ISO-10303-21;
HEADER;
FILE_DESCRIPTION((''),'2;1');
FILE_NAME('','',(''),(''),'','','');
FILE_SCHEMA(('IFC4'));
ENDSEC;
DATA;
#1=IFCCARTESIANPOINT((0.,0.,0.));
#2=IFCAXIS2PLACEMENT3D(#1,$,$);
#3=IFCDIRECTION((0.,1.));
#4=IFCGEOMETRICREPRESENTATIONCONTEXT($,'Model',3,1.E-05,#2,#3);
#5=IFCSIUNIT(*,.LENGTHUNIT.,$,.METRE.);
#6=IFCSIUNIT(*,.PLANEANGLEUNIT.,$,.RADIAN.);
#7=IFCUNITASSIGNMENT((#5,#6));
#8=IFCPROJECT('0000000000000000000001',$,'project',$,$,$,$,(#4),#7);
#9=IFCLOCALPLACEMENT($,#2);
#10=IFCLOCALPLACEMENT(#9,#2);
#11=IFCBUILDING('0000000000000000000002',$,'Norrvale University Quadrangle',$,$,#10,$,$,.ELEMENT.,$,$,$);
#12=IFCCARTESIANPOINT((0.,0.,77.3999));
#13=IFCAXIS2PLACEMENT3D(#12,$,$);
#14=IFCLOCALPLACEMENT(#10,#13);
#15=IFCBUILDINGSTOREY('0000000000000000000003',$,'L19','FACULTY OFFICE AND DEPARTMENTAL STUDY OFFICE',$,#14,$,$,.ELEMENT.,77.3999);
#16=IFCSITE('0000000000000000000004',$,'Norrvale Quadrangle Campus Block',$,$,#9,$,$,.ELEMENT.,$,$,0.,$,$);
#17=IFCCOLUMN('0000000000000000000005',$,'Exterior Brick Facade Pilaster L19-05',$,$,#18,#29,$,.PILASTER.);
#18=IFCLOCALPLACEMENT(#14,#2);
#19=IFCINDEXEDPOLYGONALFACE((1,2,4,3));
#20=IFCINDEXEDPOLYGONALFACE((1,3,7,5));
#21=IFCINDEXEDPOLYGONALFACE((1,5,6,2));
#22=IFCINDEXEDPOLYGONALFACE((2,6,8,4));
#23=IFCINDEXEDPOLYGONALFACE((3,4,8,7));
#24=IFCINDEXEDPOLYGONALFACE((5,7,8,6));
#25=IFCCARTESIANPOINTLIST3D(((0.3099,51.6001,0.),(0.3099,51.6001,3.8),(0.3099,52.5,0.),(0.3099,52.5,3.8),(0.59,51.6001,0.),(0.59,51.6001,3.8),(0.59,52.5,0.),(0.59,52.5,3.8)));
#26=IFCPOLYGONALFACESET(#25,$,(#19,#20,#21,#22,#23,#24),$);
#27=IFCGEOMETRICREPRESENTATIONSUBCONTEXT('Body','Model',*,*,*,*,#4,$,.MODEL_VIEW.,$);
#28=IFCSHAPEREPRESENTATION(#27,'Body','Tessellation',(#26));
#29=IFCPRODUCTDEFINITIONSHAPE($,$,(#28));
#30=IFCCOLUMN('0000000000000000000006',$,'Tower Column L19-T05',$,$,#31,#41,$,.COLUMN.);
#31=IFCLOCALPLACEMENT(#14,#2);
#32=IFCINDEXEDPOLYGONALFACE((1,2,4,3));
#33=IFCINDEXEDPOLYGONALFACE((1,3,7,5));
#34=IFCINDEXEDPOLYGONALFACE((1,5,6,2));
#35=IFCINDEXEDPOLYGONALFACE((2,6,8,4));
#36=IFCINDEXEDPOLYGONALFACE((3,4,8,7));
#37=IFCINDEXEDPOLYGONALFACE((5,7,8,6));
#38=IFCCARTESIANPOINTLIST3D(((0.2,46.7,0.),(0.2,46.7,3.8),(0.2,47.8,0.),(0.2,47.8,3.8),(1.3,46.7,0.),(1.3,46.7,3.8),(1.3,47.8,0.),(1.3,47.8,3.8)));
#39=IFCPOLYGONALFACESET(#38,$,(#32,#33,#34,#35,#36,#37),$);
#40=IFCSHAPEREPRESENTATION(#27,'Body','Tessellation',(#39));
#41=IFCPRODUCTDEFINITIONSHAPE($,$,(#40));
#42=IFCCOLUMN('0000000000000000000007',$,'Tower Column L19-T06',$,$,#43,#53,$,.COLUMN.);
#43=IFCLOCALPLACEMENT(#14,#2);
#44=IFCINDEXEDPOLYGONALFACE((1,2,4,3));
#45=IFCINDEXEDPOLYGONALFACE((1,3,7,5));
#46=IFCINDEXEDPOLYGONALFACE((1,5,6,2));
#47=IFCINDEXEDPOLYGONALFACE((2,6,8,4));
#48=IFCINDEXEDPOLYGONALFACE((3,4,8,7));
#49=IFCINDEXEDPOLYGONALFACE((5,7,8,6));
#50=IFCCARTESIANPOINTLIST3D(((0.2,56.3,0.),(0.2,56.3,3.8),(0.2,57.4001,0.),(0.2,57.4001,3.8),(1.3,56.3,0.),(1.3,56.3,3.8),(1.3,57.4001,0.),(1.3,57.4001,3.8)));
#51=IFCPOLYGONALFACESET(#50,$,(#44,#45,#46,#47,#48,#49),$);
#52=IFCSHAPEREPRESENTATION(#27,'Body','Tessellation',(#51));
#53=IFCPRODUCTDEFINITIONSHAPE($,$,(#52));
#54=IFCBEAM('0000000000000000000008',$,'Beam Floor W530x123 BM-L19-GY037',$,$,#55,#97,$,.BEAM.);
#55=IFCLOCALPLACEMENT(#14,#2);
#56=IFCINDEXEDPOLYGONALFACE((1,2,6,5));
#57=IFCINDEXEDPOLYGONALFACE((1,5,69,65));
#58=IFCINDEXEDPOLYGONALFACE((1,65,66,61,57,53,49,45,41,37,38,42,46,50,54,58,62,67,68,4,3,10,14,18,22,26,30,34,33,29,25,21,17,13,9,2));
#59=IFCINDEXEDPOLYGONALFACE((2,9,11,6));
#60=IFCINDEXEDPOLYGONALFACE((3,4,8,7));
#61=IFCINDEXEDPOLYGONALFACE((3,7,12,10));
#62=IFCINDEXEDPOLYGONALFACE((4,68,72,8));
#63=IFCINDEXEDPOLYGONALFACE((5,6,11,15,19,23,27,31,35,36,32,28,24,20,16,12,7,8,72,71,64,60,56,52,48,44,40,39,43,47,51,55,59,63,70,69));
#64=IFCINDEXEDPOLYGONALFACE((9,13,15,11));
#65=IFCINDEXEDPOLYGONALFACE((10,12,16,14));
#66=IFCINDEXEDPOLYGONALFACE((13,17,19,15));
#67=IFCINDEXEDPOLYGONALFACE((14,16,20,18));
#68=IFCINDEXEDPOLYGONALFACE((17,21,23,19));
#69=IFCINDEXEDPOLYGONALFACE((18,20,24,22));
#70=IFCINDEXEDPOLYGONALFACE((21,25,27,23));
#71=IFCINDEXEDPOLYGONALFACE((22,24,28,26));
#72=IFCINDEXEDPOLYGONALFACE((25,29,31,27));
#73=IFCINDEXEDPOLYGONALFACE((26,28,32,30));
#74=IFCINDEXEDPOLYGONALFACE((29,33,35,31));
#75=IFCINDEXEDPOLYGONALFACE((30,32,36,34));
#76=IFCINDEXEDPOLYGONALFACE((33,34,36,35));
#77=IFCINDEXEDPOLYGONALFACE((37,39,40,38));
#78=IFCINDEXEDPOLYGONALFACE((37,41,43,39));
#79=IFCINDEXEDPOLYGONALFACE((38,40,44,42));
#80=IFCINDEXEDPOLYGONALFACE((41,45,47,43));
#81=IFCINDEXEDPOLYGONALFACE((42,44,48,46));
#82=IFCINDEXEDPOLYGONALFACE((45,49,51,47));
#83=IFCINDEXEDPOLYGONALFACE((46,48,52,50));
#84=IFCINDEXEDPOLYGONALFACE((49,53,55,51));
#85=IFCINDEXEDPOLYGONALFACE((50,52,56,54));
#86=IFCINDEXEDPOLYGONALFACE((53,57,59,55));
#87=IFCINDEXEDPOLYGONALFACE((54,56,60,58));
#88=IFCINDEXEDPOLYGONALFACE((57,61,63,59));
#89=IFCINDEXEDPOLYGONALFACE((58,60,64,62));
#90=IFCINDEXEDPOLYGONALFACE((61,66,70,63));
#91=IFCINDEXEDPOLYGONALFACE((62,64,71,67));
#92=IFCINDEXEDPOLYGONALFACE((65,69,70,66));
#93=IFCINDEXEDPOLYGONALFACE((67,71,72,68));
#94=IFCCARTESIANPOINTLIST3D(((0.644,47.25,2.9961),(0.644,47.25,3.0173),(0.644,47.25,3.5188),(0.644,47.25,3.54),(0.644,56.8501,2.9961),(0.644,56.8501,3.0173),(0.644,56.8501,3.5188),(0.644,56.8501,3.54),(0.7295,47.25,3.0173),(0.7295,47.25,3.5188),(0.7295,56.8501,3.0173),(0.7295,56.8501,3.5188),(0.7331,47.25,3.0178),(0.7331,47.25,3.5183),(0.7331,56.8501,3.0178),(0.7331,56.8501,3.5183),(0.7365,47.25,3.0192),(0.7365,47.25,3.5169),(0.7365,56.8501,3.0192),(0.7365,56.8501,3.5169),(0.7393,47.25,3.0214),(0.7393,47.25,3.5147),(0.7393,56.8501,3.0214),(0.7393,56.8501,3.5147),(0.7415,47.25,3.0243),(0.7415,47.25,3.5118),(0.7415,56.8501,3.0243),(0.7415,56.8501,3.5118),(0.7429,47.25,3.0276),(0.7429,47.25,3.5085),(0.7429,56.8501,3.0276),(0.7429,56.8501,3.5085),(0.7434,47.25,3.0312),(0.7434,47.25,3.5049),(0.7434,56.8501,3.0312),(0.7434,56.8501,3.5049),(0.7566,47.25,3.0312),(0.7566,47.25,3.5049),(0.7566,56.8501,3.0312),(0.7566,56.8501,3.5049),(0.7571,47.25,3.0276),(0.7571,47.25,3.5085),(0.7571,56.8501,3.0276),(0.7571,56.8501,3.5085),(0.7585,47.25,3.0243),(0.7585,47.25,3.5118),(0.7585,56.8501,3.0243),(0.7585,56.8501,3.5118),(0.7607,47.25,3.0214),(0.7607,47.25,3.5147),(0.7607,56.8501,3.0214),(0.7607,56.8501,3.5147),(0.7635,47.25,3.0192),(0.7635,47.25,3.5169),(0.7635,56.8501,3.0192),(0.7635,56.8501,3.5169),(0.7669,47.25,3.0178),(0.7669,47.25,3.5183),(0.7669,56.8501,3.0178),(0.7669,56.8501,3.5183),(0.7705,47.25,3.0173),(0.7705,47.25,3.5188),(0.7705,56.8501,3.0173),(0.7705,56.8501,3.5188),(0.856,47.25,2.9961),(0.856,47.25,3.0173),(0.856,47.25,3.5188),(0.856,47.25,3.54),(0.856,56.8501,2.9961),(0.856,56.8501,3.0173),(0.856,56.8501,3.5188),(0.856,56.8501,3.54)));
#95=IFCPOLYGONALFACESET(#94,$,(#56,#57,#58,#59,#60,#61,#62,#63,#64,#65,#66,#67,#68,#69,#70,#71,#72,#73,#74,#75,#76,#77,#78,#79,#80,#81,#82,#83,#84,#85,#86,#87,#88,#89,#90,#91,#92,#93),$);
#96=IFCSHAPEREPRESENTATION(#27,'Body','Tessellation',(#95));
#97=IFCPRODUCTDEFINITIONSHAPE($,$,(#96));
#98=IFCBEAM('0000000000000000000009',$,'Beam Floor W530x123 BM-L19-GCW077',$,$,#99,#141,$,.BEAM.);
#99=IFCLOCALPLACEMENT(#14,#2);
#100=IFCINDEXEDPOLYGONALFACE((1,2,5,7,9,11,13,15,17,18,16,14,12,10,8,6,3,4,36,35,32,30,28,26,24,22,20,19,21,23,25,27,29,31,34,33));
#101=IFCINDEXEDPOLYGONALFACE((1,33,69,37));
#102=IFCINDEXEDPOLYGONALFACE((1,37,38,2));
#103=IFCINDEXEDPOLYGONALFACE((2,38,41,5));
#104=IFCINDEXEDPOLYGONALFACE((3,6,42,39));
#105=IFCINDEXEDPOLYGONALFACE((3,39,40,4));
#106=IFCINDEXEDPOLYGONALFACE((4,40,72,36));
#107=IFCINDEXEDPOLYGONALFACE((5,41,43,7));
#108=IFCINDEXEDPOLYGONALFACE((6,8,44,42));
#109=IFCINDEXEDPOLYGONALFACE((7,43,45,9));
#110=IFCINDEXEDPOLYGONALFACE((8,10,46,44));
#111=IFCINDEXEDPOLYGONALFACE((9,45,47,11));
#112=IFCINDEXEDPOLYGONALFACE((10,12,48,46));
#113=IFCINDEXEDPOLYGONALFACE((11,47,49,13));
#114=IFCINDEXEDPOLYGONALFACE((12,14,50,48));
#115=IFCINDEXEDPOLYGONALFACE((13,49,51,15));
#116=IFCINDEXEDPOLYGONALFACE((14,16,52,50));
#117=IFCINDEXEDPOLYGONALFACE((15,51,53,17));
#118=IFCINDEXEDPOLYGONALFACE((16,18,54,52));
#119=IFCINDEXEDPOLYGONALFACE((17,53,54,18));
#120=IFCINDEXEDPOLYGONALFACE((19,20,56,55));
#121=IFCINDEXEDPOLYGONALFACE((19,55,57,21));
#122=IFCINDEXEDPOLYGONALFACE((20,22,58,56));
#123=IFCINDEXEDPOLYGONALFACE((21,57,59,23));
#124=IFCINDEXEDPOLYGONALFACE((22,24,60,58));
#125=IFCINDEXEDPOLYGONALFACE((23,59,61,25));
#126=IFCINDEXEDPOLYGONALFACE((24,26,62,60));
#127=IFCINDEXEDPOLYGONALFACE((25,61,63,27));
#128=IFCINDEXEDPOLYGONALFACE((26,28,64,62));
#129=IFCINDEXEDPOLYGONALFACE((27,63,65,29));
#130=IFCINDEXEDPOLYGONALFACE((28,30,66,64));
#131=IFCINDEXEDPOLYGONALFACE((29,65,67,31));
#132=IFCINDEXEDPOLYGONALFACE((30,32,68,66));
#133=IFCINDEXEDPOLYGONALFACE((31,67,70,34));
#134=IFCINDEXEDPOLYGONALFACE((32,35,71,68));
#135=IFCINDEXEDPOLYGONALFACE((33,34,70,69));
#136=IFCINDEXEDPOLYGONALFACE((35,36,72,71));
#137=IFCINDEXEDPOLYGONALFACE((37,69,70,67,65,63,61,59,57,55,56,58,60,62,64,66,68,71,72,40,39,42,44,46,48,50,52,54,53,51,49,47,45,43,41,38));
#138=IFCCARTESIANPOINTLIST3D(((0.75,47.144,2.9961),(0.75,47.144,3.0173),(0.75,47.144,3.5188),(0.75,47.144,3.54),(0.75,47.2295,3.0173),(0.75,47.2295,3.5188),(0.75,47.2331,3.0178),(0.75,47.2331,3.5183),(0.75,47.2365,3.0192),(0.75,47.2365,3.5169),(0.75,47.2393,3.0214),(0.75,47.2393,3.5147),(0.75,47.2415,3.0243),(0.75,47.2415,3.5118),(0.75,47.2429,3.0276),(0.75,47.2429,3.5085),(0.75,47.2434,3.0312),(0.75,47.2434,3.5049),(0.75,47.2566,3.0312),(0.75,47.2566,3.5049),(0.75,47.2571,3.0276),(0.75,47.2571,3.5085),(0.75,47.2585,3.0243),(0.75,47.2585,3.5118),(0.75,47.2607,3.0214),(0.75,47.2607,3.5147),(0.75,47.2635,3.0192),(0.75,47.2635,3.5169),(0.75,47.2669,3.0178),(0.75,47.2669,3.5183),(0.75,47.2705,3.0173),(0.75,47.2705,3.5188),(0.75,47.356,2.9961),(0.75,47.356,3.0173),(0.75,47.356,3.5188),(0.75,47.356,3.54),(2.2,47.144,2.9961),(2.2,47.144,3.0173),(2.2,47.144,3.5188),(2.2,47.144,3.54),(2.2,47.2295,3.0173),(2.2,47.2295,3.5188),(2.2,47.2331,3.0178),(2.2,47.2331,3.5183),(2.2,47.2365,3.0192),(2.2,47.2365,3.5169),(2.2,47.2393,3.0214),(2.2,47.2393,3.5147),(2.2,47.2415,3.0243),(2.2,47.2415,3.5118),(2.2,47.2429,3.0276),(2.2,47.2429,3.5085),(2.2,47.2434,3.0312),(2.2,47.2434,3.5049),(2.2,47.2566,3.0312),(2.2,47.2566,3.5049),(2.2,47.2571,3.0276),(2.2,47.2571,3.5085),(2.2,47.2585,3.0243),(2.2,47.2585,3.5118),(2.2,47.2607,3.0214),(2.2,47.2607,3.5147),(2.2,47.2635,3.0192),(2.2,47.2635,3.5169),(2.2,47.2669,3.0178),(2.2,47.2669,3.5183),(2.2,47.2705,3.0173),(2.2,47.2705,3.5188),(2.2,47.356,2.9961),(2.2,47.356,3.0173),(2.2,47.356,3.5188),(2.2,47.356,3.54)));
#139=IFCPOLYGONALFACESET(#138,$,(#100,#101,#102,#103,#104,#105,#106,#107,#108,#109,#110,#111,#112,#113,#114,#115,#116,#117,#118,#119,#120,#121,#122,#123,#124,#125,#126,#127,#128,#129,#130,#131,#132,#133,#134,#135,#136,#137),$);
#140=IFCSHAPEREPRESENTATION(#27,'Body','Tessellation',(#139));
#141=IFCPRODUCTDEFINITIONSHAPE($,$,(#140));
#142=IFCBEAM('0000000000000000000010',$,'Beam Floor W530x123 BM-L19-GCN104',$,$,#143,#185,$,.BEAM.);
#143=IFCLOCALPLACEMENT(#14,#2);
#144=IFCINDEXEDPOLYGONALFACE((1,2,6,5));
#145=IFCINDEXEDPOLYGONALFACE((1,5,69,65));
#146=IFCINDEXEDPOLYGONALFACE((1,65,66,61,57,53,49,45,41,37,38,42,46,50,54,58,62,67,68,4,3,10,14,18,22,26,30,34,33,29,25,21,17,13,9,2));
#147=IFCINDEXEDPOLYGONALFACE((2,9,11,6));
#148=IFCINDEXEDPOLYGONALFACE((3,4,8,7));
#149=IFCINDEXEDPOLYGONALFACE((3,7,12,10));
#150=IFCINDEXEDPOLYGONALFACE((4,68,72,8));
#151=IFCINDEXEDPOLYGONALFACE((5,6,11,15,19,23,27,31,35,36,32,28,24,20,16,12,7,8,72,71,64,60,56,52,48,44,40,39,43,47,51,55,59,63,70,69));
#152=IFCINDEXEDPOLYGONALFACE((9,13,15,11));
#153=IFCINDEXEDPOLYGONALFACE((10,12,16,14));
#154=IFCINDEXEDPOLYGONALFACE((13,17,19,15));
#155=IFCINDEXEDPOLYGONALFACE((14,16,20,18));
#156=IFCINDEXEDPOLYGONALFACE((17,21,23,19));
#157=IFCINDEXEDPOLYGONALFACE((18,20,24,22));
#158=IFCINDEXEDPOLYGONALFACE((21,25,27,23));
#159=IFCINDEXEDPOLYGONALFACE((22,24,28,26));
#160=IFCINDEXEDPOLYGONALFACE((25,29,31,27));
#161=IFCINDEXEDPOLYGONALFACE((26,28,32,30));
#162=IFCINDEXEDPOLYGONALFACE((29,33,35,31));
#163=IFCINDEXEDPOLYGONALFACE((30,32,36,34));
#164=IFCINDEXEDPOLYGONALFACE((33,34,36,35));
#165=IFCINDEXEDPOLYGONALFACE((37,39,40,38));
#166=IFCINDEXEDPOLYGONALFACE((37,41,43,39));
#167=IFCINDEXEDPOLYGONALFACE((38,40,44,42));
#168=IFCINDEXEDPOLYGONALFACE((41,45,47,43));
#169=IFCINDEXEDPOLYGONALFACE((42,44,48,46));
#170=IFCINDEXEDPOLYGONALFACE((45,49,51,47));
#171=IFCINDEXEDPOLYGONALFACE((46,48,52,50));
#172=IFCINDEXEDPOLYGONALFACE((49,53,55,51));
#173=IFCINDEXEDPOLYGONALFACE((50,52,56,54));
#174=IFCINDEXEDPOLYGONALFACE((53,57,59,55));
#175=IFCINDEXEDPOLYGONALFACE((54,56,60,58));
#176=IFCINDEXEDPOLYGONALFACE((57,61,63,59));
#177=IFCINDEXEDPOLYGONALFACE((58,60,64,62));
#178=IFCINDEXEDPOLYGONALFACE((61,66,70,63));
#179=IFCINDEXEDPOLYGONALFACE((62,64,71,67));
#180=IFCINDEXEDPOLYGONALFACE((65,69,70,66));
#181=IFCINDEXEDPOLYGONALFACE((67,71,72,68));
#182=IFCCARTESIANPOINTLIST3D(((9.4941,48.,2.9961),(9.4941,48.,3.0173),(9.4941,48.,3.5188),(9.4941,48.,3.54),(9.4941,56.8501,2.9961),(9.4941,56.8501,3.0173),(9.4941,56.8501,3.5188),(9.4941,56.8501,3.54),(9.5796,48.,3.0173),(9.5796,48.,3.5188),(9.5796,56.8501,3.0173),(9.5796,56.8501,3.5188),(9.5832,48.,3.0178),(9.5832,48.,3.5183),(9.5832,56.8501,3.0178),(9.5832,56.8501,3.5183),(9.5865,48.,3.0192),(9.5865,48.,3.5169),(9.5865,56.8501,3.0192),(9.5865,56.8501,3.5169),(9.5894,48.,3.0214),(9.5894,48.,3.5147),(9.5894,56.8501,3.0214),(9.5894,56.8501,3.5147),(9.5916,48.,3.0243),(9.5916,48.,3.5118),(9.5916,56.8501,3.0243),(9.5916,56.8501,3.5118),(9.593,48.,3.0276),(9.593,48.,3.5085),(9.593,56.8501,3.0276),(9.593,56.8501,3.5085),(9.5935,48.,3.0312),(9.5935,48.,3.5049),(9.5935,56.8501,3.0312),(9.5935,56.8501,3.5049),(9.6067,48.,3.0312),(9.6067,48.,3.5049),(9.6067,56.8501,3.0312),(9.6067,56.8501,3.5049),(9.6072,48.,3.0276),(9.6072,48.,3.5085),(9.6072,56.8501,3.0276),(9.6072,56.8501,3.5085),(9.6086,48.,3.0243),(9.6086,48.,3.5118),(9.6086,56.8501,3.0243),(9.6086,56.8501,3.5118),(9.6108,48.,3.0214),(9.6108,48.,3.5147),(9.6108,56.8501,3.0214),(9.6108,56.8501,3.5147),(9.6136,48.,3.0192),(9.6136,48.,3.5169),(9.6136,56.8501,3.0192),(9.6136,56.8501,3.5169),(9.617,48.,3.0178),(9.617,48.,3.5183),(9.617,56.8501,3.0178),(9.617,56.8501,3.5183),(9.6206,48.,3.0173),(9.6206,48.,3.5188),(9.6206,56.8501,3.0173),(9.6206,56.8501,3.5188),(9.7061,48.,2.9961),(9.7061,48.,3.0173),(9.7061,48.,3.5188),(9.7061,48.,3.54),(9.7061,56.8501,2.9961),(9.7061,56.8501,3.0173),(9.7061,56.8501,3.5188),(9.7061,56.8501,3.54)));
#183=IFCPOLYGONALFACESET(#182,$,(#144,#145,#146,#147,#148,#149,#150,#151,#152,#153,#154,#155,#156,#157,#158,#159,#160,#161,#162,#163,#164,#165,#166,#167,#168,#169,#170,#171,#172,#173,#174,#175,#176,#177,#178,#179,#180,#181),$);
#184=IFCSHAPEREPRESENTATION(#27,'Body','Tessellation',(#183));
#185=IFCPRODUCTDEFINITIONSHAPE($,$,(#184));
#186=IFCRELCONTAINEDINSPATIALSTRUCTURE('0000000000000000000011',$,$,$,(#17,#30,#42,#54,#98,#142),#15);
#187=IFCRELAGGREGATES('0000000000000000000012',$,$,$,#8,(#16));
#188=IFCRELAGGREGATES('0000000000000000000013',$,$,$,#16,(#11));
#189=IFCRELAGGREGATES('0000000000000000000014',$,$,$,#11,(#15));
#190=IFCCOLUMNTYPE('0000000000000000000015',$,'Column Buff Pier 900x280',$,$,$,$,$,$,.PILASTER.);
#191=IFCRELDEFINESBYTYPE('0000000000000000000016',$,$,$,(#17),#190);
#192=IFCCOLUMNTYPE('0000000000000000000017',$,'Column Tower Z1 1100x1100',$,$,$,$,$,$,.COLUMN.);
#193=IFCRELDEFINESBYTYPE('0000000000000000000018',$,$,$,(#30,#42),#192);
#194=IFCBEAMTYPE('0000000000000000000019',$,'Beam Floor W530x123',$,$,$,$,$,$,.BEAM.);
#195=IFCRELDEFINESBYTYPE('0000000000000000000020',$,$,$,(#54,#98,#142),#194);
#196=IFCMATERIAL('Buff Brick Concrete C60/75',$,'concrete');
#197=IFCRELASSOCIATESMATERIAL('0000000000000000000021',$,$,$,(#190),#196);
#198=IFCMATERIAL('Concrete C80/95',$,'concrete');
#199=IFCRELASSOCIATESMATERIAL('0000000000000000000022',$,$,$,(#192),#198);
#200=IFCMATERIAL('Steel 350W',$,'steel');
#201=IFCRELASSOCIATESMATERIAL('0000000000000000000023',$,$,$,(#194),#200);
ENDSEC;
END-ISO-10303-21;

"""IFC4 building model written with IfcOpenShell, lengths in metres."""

from ifc_helpers import new_model, si_unit, direction, frame, origin, origin_2d, place, context, subcontext, project, spatial, rectangle, i_section, extrude, material, material_profile, profile_set, type_object, element, save


model = new_model("IFC4")

# Units and contexts
model_context = context("Model", 3, precision=1e-05, world=origin(), true_north=direction((0.0, 1.0)))
body_context = subcontext(model_context, "Body", "Model", "MODEL_VIEW")
ifc_project = project(units=[si_unit("LENGTHUNIT", "METRE"), si_unit("PLANEANGLEUNIT", "RADIAN")], contexts=[model_context])

# Site, building, storey
site_placement = place(None, origin())
site = spatial("IfcSite", under=ifc_project, at=site_placement, Name="Norrvale Quadrangle Campus Block", CompositionType="ELEMENT", RefElevation=0.0)
building_placement = place(site_placement, origin())
building = spatial("IfcBuilding", under=site, at=building_placement, Name="Norrvale University Quadrangle", CompositionType="ELEMENT")
storey_placement = place(building_placement, frame((0.0, 0.0, 77.3999)))
storey = spatial("IfcBuildingStorey", under=building, at=storey_placement, Name="L19", Description="FACULTY OFFICE AND DEPARTMENTAL STUDY OFFICE", CompositionType="ELEMENT", Elevation=77.3999)

# Columns
ifc_material_1 = material(Name="Buff Brick Concrete C60/75", Category="concrete")
ifc_material_profile_1 = material_profile(ifc_material_1, rectangle(XDim=0.8999, YDim=0.28, at=origin_2d()), Name="Buff Brick Concrete C60/75")
ifc_profile_set_1 = profile_set([ifc_material_profile_1], Name="Buff Brick Concrete C60/75")
column_type_1 = type_object("IfcColumnType", Name="Column Buff Pier 900x280", PredefinedType="PILASTER", material=ifc_profile_set_1)
column_placement = place(storey_placement, frame((0.45, 52.05, 0.0), z_axis=(0.0, 0.0, 1.0), x_axis=(0.0, 1.0, 0.0)))
element("IfcColumn", 1, at=column_placement, inside=storey, type_object=column_type_1, Name="Exterior Brick Facade Pilaster L19-05", PredefinedType="PILASTER", context=body_context, shape_type="SweptSolid", body=[
    extrude(rectangle(XDim=0.8999, YDim=0.28, at=origin_2d()), origin(), (0.0, 0.0, 1.0), 3.8),
])
ifc_material_2 = material(Name="Concrete C80/95", Category="concrete")
ifc_material_profile_2 = material_profile(ifc_material_2, rectangle(XDim=1.1001, YDim=1.1001, at=origin_2d()), Name="Concrete C80/95")
ifc_profile_set_2 = profile_set([ifc_material_profile_2], Name="Concrete C80/95")
column_type_2 = type_object("IfcColumnType", Name="Column Tower Z1 1100x1100", PredefinedType="COLUMN", material=ifc_profile_set_2)
for number, where, z_axis, x_axis, name in (
    (2, (0.75, 47.25, 0.0), (0.0, 0.0, 1.0), (1.0, 0.0, 0.0), "Tower Column L19-T05"),
    (3, (0.75, 56.8501, 0.0), (0.0, 0.0, 1.0), (1.0, 0.0, 0.0), "Tower Column L19-T06"),
):
    element("IfcColumn", number, at=place(storey_placement, frame(where, z_axis=z_axis, x_axis=x_axis)), inside=storey, type_object=column_type_2, Name=name, PredefinedType="COLUMN", context=body_context, shape_type="SweptSolid", body=[
        extrude(rectangle(XDim=1.1001, YDim=1.1001, at=origin_2d()), origin(), (0.0, 0.0, 1.0), 3.8),
    ])

# Beams
ifc_material_3 = material(Name="Steel 350W", Category="steel")
ifc_material_profile_3 = material_profile(ifc_material_3, i_section(OverallWidth=0.2119, OverallDepth=0.5439, WebThickness=0.0132, FlangeThickness=0.0212, FilletRadius=0.0139, at=origin_2d()), Name="Steel 350W")
ifc_profile_set_3 = profile_set([ifc_material_profile_3], Name="Steel 350W")
beam_type_1 = type_object("IfcBeamType", Name="Beam Floor W530x123", PredefinedType="BEAM", material=ifc_profile_set_3)
beam_1_placement = place(storey_placement, frame((0.75, 47.25, 3.2681), z_axis=(0.0, 1.0, 0.0), x_axis=(-1.0, 0.0, 0.0)))
element("IfcBeam", 4, at=beam_1_placement, inside=storey, type_object=beam_type_1, Name="Beam Floor W530x123 BM-L19-GY037", PredefinedType="BEAM", context=body_context, shape_type="SweptSolid", body=[
    extrude(i_section(OverallWidth=0.2119, OverallDepth=0.5439, WebThickness=0.0132, FlangeThickness=0.0212, FilletRadius=0.0139, at=origin_2d()), origin(), (0.0, 0.0, 1.0), 9.6001),
])
beam_2_placement = place(storey_placement, frame((0.75, 47.25, 3.2681), z_axis=(1.0, 0.0, 0.0), x_axis=(0.0, 1.0, 0.0)))
element("IfcBeam", 5, at=beam_2_placement, inside=storey, type_object=beam_type_1, Name="Beam Floor W530x123 BM-L19-GCW077", PredefinedType="BEAM", context=body_context, shape_type="SweptSolid", body=[
    extrude(i_section(OverallWidth=0.2119, OverallDepth=0.5439, WebThickness=0.0132, FlangeThickness=0.0212, FilletRadius=0.0139, at=origin_2d()), origin(), (0.0, 0.0, 1.0), 1.45),
])
beam_3_placement = place(storey_placement, frame((9.6001, 48.0, 3.2681), z_axis=(0.0, 1.0, 0.0), x_axis=(-1.0, 0.0, 0.0)))
element("IfcBeam", 6, at=beam_3_placement, inside=storey, type_object=beam_type_1, Name="Beam Floor W530x123 BM-L19-GCN104", PredefinedType="BEAM", context=body_context, shape_type="SweptSolid", body=[
    extrude(i_section(OverallWidth=0.2119, OverallDepth=0.5439, WebThickness=0.0132, FlangeThickness=0.0212, FilletRadius=0.0139, at=origin_2d()), origin(), (0.0, 0.0, 1.0), 8.8501),
])

save(model, "model.ifc")
